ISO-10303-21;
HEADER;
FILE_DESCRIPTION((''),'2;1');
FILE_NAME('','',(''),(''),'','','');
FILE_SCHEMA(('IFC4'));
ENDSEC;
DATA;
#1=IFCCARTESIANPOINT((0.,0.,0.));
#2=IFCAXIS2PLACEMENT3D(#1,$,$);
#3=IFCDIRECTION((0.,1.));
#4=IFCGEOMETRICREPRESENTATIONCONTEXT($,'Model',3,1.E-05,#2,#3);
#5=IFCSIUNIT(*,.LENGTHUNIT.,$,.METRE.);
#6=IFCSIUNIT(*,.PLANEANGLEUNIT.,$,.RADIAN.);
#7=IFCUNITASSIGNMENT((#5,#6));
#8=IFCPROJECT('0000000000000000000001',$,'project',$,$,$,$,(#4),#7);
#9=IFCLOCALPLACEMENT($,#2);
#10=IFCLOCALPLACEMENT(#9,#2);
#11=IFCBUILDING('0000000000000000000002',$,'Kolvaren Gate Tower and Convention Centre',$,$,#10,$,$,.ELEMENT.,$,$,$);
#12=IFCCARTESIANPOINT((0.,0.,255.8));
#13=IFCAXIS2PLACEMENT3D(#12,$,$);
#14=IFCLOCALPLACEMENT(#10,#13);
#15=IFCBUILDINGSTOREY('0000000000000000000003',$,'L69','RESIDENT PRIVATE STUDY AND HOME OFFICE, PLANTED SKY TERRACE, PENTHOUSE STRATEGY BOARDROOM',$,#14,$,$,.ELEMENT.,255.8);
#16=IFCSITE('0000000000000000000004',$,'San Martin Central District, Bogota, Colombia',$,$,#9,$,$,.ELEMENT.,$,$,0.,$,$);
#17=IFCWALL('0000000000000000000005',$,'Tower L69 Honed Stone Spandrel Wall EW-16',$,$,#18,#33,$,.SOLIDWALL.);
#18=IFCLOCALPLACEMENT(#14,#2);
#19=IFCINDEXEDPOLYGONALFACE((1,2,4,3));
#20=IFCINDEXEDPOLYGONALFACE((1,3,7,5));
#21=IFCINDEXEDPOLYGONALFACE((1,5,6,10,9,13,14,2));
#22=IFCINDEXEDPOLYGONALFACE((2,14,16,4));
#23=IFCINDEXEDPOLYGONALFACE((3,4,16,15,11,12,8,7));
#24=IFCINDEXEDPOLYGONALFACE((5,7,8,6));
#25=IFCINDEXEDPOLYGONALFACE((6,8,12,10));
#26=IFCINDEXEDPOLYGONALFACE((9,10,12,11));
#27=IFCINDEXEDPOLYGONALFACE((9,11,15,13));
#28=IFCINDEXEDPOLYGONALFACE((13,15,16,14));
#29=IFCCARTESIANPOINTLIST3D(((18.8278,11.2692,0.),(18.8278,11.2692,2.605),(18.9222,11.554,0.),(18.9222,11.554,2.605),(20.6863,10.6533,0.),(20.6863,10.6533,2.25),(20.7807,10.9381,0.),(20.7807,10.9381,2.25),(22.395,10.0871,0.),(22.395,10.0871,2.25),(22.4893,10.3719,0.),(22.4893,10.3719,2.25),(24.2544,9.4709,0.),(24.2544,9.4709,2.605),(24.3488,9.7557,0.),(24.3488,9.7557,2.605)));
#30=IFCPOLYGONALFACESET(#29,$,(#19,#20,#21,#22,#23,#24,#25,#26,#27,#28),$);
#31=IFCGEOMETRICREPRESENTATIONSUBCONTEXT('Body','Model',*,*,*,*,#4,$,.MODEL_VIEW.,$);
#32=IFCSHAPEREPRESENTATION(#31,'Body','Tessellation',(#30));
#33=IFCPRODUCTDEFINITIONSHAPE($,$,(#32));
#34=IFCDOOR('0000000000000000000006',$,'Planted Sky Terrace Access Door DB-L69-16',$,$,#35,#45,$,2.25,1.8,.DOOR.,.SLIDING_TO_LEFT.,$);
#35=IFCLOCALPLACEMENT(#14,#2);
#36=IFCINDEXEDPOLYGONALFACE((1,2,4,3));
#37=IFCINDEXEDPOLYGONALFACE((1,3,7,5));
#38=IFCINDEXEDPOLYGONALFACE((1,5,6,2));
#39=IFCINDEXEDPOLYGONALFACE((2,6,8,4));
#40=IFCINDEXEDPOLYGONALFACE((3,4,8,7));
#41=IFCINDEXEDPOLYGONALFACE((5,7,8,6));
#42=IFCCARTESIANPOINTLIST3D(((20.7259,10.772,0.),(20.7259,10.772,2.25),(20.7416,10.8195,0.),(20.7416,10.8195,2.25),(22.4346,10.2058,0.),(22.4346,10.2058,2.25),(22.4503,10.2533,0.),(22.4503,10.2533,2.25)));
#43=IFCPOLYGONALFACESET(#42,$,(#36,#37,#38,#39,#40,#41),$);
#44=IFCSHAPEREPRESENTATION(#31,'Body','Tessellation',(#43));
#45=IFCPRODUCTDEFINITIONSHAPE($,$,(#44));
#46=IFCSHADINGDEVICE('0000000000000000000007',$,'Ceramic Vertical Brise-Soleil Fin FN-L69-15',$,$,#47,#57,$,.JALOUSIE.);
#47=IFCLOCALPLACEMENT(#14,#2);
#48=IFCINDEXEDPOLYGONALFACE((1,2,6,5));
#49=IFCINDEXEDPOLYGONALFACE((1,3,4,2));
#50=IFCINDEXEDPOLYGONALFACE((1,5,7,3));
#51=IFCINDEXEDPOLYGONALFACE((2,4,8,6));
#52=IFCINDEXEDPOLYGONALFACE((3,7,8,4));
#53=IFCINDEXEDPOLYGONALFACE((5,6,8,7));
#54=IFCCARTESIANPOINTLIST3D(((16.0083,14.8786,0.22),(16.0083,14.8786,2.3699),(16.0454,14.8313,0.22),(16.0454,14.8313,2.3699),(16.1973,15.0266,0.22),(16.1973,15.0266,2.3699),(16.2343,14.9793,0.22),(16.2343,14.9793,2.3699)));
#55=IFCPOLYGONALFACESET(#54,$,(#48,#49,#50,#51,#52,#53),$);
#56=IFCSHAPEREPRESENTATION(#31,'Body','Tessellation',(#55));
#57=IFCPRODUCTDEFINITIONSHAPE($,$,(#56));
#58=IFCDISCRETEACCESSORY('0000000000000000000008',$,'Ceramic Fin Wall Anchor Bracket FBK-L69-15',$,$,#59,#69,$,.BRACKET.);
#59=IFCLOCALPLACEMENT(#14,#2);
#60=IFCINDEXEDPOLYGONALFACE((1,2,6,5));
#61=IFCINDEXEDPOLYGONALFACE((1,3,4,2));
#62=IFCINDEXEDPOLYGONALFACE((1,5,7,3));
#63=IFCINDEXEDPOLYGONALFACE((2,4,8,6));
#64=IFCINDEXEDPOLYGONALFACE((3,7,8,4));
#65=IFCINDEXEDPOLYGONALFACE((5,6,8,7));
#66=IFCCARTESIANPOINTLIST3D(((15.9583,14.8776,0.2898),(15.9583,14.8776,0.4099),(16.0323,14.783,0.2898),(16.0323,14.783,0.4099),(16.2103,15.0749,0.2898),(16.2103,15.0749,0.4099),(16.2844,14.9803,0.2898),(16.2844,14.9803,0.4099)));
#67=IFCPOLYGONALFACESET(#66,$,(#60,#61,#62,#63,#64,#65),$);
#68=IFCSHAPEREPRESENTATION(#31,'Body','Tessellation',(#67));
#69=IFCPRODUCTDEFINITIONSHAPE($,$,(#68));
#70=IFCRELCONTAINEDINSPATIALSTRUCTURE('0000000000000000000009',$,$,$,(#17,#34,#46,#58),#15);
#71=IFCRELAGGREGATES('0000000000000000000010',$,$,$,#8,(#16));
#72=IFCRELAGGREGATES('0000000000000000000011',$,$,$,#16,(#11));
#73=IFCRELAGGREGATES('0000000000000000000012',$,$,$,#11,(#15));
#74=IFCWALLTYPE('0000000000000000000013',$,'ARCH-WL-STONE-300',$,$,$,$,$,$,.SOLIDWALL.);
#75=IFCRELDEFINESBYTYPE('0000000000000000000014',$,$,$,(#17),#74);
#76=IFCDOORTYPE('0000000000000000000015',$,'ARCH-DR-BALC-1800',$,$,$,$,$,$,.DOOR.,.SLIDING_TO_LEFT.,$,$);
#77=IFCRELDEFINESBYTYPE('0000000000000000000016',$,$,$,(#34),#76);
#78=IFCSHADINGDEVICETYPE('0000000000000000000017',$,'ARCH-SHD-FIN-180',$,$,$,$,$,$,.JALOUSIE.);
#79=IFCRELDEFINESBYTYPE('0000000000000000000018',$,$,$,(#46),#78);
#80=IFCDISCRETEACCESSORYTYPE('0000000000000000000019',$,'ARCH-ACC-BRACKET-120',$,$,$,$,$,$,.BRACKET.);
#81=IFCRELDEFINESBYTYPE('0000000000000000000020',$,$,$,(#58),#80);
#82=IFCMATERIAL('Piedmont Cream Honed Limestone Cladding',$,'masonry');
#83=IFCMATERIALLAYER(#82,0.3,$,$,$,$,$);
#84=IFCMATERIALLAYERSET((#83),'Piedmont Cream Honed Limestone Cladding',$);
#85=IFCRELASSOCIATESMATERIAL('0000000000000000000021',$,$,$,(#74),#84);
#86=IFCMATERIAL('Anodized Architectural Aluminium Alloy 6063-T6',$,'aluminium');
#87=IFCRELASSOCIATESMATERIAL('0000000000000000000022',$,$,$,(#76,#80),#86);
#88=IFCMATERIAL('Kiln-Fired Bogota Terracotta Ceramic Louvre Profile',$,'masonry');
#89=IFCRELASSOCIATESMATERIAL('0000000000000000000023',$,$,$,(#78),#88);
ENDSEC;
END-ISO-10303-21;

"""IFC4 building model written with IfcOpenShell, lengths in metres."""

from ifc_helpers import new_model, si_unit, direction, frame, frame_2d, origin, origin_2d, place, context, subcontext, project, spatial, rectangle, extrude, material, layer, layer_set, type_object, element, fill, save


model = new_model("IFC4")

# Units and contexts
model_context = context("Model", 3, precision=1e-05, world=origin(), true_north=direction((0.0, 1.0)))
body_context = subcontext(model_context, "Body", "Model", "MODEL_VIEW")
ifc_project = project(units=[si_unit("LENGTHUNIT", "METRE"), si_unit("PLANEANGLEUNIT", "RADIAN")], contexts=[model_context])

# Site, building, storey
site_placement = place(None, origin())
site = spatial("IfcSite", under=ifc_project, at=site_placement, Name="San Martin Central District, Bogota, Colombia", CompositionType="ELEMENT", RefElevation=0.0)
building_placement = place(site_placement, origin())
building = spatial("IfcBuilding", under=site, at=building_placement, Name="Kolvaren Gate Tower and Convention Centre", CompositionType="ELEMENT")
storey_placement = place(building_placement, frame((0.0, 0.0, 255.8)))
storey = spatial("IfcBuildingStorey", under=building, at=storey_placement, Name="L69", Description="RESIDENT PRIVATE STUDY AND HOME OFFICE, PLANTED SKY TERRACE, PENTHOUSE STRATEGY BOARDROOM", CompositionType="ELEMENT", Elevation=255.8)

# Shared definitions
ifc_material_1 = material(Name="Piedmont Cream Honed Limestone Cladding", Category="masonry")

# Wall, opening, door
ifc_layer_1 = layer(ifc_material_1, 0.3)
ifc_layer_set_1 = layer_set([ifc_layer_1], Name="Piedmont Cream Honed Limestone Cladding")
wall_type_1 = type_object("IfcWallType", Name="ARCH-WL-STONE-300", PredefinedType="SOLIDWALL", material=ifc_layer_set_1)
wall_1_placement = place(storey_placement, frame((18.875, 11.4116, 0.0), z_axis=(0.0, 0.0, 1.0), x_axis=(0.949233, -0.314575, 0.0)))
wall_1 = element("IfcWall", 1, at=wall_1_placement, inside=storey, type_object=wall_type_1, Name="Tower L69 Honed Stone Spandrel Wall EW-16", PredefinedType="SOLIDWALL", context=body_context, shape_type="SweptSolid", body=[
    extrude(rectangle(XDim=5.7168, YDim=0.3, at=frame_2d((2.8584, 0.0))), origin(), (0.0, 0.0, 1.0), 2.605),
])
opening_placement = place(wall_1_placement, frame((1.958, 0.0, 0.0)))
opening = element("IfcOpeningElement", 2, at=opening_placement, cuts=wall_1, PredefinedType="OPENING", context=body_context, shape_type="SweptSolid", body=[
    extrude(rectangle(XDim=1.8, YDim=2.25, at=frame_2d((0.8999, 1.125))), frame((0.0, 0.1599, 0.0), z_axis=(0.0, -1.0, 0.0), x_axis=(1.0, 0.0, 0.0)), (0.0, 0.0, 1.0), 0.3201),
])
ifc_material_2 = material(Name="Anodized Architectural Aluminium Alloy 6063-T6", Category="aluminium")
door_type = type_object("IfcDoorType", Name="ARCH-DR-BALC-1800", OperationType="SLIDING_TO_LEFT", PredefinedType="DOOR", material=ifc_material_2)
door_placement = place(opening_placement, frame((1.8, 0.0, 0.0), z_axis=(0.0, 0.0, 1.0), x_axis=(-1.0, 0.0, 0.0)))
door = element("IfcDoor", 3, at=door_placement, inside=storey, type_object=door_type, Name="Planted Sky Terrace Access Door DB-L69-16", OperationType="SLIDING_TO_LEFT", OverallHeight=2.25, OverallWidth=1.8, PredefinedType="DOOR", context=body_context, shape_type="SweptSolid", body=[
    extrude(rectangle(XDim=1.8, YDim=2.25, at=frame_2d((0.8999, 1.125))), frame((0.0, 0.0249, 0.0), z_axis=(0.0, -1.0, 0.0), x_axis=(1.0, 0.0, 0.0)), (0.0, 0.0, 1.0), 0.05),
])
fill(opening, door)

# Shading device
ifc_material_3 = material(Name="Kiln-Fired Bogota Terracotta Ceramic Louvre Profile", Category="masonry")
shading_device_type = type_object("IfcShadingDeviceType", Name="ARCH-SHD-FIN-180", PredefinedType="JALOUSIE", material=ifc_material_3)
shading_device_placement = place(storey_placement, frame((16.1213, 14.929, 0.22), z_axis=(0.0, 0.0, 1.0), x_axis=(0.616435, -0.787405, 0.0)))
element("IfcShadingDevice", 4, at=shading_device_placement, inside=storey, type_object=shading_device_type, Name="Ceramic Vertical Brise-Soleil Fin FN-L69-15", PredefinedType="JALOUSIE", context=body_context, shape_type="SweptSolid", body=[
    extrude(rectangle(XDim=0.0601, YDim=0.24, at=origin_2d()), origin(), (0.0, 0.0, 1.0), 2.1499),
])

# Discrete accessory
discrete_accessory_type = type_object("IfcDiscreteAccessoryType", Name="ARCH-ACC-BRACKET-120", PredefinedType="BRACKET", material=ifc_material_2)
discrete_accessory_placement = place(storey_placement, frame((16.1213, 14.929, 0.2898), z_axis=(0.0, 0.0, 1.0), x_axis=(0.616435, -0.787405, 0.0)))
element("IfcDiscreteAccessory", 5, at=discrete_accessory_placement, inside=storey, type_object=discrete_accessory_type, Name="Ceramic Fin Wall Anchor Bracket FBK-L69-15", PredefinedType="BRACKET", context=body_context, shape_type="SweptSolid", body=[
    extrude(rectangle(XDim=0.1201, YDim=0.3201, at=origin_2d()), origin(), (0.0, 0.0, 1.0), 0.1201),
])

save(model, "model.ifc")
